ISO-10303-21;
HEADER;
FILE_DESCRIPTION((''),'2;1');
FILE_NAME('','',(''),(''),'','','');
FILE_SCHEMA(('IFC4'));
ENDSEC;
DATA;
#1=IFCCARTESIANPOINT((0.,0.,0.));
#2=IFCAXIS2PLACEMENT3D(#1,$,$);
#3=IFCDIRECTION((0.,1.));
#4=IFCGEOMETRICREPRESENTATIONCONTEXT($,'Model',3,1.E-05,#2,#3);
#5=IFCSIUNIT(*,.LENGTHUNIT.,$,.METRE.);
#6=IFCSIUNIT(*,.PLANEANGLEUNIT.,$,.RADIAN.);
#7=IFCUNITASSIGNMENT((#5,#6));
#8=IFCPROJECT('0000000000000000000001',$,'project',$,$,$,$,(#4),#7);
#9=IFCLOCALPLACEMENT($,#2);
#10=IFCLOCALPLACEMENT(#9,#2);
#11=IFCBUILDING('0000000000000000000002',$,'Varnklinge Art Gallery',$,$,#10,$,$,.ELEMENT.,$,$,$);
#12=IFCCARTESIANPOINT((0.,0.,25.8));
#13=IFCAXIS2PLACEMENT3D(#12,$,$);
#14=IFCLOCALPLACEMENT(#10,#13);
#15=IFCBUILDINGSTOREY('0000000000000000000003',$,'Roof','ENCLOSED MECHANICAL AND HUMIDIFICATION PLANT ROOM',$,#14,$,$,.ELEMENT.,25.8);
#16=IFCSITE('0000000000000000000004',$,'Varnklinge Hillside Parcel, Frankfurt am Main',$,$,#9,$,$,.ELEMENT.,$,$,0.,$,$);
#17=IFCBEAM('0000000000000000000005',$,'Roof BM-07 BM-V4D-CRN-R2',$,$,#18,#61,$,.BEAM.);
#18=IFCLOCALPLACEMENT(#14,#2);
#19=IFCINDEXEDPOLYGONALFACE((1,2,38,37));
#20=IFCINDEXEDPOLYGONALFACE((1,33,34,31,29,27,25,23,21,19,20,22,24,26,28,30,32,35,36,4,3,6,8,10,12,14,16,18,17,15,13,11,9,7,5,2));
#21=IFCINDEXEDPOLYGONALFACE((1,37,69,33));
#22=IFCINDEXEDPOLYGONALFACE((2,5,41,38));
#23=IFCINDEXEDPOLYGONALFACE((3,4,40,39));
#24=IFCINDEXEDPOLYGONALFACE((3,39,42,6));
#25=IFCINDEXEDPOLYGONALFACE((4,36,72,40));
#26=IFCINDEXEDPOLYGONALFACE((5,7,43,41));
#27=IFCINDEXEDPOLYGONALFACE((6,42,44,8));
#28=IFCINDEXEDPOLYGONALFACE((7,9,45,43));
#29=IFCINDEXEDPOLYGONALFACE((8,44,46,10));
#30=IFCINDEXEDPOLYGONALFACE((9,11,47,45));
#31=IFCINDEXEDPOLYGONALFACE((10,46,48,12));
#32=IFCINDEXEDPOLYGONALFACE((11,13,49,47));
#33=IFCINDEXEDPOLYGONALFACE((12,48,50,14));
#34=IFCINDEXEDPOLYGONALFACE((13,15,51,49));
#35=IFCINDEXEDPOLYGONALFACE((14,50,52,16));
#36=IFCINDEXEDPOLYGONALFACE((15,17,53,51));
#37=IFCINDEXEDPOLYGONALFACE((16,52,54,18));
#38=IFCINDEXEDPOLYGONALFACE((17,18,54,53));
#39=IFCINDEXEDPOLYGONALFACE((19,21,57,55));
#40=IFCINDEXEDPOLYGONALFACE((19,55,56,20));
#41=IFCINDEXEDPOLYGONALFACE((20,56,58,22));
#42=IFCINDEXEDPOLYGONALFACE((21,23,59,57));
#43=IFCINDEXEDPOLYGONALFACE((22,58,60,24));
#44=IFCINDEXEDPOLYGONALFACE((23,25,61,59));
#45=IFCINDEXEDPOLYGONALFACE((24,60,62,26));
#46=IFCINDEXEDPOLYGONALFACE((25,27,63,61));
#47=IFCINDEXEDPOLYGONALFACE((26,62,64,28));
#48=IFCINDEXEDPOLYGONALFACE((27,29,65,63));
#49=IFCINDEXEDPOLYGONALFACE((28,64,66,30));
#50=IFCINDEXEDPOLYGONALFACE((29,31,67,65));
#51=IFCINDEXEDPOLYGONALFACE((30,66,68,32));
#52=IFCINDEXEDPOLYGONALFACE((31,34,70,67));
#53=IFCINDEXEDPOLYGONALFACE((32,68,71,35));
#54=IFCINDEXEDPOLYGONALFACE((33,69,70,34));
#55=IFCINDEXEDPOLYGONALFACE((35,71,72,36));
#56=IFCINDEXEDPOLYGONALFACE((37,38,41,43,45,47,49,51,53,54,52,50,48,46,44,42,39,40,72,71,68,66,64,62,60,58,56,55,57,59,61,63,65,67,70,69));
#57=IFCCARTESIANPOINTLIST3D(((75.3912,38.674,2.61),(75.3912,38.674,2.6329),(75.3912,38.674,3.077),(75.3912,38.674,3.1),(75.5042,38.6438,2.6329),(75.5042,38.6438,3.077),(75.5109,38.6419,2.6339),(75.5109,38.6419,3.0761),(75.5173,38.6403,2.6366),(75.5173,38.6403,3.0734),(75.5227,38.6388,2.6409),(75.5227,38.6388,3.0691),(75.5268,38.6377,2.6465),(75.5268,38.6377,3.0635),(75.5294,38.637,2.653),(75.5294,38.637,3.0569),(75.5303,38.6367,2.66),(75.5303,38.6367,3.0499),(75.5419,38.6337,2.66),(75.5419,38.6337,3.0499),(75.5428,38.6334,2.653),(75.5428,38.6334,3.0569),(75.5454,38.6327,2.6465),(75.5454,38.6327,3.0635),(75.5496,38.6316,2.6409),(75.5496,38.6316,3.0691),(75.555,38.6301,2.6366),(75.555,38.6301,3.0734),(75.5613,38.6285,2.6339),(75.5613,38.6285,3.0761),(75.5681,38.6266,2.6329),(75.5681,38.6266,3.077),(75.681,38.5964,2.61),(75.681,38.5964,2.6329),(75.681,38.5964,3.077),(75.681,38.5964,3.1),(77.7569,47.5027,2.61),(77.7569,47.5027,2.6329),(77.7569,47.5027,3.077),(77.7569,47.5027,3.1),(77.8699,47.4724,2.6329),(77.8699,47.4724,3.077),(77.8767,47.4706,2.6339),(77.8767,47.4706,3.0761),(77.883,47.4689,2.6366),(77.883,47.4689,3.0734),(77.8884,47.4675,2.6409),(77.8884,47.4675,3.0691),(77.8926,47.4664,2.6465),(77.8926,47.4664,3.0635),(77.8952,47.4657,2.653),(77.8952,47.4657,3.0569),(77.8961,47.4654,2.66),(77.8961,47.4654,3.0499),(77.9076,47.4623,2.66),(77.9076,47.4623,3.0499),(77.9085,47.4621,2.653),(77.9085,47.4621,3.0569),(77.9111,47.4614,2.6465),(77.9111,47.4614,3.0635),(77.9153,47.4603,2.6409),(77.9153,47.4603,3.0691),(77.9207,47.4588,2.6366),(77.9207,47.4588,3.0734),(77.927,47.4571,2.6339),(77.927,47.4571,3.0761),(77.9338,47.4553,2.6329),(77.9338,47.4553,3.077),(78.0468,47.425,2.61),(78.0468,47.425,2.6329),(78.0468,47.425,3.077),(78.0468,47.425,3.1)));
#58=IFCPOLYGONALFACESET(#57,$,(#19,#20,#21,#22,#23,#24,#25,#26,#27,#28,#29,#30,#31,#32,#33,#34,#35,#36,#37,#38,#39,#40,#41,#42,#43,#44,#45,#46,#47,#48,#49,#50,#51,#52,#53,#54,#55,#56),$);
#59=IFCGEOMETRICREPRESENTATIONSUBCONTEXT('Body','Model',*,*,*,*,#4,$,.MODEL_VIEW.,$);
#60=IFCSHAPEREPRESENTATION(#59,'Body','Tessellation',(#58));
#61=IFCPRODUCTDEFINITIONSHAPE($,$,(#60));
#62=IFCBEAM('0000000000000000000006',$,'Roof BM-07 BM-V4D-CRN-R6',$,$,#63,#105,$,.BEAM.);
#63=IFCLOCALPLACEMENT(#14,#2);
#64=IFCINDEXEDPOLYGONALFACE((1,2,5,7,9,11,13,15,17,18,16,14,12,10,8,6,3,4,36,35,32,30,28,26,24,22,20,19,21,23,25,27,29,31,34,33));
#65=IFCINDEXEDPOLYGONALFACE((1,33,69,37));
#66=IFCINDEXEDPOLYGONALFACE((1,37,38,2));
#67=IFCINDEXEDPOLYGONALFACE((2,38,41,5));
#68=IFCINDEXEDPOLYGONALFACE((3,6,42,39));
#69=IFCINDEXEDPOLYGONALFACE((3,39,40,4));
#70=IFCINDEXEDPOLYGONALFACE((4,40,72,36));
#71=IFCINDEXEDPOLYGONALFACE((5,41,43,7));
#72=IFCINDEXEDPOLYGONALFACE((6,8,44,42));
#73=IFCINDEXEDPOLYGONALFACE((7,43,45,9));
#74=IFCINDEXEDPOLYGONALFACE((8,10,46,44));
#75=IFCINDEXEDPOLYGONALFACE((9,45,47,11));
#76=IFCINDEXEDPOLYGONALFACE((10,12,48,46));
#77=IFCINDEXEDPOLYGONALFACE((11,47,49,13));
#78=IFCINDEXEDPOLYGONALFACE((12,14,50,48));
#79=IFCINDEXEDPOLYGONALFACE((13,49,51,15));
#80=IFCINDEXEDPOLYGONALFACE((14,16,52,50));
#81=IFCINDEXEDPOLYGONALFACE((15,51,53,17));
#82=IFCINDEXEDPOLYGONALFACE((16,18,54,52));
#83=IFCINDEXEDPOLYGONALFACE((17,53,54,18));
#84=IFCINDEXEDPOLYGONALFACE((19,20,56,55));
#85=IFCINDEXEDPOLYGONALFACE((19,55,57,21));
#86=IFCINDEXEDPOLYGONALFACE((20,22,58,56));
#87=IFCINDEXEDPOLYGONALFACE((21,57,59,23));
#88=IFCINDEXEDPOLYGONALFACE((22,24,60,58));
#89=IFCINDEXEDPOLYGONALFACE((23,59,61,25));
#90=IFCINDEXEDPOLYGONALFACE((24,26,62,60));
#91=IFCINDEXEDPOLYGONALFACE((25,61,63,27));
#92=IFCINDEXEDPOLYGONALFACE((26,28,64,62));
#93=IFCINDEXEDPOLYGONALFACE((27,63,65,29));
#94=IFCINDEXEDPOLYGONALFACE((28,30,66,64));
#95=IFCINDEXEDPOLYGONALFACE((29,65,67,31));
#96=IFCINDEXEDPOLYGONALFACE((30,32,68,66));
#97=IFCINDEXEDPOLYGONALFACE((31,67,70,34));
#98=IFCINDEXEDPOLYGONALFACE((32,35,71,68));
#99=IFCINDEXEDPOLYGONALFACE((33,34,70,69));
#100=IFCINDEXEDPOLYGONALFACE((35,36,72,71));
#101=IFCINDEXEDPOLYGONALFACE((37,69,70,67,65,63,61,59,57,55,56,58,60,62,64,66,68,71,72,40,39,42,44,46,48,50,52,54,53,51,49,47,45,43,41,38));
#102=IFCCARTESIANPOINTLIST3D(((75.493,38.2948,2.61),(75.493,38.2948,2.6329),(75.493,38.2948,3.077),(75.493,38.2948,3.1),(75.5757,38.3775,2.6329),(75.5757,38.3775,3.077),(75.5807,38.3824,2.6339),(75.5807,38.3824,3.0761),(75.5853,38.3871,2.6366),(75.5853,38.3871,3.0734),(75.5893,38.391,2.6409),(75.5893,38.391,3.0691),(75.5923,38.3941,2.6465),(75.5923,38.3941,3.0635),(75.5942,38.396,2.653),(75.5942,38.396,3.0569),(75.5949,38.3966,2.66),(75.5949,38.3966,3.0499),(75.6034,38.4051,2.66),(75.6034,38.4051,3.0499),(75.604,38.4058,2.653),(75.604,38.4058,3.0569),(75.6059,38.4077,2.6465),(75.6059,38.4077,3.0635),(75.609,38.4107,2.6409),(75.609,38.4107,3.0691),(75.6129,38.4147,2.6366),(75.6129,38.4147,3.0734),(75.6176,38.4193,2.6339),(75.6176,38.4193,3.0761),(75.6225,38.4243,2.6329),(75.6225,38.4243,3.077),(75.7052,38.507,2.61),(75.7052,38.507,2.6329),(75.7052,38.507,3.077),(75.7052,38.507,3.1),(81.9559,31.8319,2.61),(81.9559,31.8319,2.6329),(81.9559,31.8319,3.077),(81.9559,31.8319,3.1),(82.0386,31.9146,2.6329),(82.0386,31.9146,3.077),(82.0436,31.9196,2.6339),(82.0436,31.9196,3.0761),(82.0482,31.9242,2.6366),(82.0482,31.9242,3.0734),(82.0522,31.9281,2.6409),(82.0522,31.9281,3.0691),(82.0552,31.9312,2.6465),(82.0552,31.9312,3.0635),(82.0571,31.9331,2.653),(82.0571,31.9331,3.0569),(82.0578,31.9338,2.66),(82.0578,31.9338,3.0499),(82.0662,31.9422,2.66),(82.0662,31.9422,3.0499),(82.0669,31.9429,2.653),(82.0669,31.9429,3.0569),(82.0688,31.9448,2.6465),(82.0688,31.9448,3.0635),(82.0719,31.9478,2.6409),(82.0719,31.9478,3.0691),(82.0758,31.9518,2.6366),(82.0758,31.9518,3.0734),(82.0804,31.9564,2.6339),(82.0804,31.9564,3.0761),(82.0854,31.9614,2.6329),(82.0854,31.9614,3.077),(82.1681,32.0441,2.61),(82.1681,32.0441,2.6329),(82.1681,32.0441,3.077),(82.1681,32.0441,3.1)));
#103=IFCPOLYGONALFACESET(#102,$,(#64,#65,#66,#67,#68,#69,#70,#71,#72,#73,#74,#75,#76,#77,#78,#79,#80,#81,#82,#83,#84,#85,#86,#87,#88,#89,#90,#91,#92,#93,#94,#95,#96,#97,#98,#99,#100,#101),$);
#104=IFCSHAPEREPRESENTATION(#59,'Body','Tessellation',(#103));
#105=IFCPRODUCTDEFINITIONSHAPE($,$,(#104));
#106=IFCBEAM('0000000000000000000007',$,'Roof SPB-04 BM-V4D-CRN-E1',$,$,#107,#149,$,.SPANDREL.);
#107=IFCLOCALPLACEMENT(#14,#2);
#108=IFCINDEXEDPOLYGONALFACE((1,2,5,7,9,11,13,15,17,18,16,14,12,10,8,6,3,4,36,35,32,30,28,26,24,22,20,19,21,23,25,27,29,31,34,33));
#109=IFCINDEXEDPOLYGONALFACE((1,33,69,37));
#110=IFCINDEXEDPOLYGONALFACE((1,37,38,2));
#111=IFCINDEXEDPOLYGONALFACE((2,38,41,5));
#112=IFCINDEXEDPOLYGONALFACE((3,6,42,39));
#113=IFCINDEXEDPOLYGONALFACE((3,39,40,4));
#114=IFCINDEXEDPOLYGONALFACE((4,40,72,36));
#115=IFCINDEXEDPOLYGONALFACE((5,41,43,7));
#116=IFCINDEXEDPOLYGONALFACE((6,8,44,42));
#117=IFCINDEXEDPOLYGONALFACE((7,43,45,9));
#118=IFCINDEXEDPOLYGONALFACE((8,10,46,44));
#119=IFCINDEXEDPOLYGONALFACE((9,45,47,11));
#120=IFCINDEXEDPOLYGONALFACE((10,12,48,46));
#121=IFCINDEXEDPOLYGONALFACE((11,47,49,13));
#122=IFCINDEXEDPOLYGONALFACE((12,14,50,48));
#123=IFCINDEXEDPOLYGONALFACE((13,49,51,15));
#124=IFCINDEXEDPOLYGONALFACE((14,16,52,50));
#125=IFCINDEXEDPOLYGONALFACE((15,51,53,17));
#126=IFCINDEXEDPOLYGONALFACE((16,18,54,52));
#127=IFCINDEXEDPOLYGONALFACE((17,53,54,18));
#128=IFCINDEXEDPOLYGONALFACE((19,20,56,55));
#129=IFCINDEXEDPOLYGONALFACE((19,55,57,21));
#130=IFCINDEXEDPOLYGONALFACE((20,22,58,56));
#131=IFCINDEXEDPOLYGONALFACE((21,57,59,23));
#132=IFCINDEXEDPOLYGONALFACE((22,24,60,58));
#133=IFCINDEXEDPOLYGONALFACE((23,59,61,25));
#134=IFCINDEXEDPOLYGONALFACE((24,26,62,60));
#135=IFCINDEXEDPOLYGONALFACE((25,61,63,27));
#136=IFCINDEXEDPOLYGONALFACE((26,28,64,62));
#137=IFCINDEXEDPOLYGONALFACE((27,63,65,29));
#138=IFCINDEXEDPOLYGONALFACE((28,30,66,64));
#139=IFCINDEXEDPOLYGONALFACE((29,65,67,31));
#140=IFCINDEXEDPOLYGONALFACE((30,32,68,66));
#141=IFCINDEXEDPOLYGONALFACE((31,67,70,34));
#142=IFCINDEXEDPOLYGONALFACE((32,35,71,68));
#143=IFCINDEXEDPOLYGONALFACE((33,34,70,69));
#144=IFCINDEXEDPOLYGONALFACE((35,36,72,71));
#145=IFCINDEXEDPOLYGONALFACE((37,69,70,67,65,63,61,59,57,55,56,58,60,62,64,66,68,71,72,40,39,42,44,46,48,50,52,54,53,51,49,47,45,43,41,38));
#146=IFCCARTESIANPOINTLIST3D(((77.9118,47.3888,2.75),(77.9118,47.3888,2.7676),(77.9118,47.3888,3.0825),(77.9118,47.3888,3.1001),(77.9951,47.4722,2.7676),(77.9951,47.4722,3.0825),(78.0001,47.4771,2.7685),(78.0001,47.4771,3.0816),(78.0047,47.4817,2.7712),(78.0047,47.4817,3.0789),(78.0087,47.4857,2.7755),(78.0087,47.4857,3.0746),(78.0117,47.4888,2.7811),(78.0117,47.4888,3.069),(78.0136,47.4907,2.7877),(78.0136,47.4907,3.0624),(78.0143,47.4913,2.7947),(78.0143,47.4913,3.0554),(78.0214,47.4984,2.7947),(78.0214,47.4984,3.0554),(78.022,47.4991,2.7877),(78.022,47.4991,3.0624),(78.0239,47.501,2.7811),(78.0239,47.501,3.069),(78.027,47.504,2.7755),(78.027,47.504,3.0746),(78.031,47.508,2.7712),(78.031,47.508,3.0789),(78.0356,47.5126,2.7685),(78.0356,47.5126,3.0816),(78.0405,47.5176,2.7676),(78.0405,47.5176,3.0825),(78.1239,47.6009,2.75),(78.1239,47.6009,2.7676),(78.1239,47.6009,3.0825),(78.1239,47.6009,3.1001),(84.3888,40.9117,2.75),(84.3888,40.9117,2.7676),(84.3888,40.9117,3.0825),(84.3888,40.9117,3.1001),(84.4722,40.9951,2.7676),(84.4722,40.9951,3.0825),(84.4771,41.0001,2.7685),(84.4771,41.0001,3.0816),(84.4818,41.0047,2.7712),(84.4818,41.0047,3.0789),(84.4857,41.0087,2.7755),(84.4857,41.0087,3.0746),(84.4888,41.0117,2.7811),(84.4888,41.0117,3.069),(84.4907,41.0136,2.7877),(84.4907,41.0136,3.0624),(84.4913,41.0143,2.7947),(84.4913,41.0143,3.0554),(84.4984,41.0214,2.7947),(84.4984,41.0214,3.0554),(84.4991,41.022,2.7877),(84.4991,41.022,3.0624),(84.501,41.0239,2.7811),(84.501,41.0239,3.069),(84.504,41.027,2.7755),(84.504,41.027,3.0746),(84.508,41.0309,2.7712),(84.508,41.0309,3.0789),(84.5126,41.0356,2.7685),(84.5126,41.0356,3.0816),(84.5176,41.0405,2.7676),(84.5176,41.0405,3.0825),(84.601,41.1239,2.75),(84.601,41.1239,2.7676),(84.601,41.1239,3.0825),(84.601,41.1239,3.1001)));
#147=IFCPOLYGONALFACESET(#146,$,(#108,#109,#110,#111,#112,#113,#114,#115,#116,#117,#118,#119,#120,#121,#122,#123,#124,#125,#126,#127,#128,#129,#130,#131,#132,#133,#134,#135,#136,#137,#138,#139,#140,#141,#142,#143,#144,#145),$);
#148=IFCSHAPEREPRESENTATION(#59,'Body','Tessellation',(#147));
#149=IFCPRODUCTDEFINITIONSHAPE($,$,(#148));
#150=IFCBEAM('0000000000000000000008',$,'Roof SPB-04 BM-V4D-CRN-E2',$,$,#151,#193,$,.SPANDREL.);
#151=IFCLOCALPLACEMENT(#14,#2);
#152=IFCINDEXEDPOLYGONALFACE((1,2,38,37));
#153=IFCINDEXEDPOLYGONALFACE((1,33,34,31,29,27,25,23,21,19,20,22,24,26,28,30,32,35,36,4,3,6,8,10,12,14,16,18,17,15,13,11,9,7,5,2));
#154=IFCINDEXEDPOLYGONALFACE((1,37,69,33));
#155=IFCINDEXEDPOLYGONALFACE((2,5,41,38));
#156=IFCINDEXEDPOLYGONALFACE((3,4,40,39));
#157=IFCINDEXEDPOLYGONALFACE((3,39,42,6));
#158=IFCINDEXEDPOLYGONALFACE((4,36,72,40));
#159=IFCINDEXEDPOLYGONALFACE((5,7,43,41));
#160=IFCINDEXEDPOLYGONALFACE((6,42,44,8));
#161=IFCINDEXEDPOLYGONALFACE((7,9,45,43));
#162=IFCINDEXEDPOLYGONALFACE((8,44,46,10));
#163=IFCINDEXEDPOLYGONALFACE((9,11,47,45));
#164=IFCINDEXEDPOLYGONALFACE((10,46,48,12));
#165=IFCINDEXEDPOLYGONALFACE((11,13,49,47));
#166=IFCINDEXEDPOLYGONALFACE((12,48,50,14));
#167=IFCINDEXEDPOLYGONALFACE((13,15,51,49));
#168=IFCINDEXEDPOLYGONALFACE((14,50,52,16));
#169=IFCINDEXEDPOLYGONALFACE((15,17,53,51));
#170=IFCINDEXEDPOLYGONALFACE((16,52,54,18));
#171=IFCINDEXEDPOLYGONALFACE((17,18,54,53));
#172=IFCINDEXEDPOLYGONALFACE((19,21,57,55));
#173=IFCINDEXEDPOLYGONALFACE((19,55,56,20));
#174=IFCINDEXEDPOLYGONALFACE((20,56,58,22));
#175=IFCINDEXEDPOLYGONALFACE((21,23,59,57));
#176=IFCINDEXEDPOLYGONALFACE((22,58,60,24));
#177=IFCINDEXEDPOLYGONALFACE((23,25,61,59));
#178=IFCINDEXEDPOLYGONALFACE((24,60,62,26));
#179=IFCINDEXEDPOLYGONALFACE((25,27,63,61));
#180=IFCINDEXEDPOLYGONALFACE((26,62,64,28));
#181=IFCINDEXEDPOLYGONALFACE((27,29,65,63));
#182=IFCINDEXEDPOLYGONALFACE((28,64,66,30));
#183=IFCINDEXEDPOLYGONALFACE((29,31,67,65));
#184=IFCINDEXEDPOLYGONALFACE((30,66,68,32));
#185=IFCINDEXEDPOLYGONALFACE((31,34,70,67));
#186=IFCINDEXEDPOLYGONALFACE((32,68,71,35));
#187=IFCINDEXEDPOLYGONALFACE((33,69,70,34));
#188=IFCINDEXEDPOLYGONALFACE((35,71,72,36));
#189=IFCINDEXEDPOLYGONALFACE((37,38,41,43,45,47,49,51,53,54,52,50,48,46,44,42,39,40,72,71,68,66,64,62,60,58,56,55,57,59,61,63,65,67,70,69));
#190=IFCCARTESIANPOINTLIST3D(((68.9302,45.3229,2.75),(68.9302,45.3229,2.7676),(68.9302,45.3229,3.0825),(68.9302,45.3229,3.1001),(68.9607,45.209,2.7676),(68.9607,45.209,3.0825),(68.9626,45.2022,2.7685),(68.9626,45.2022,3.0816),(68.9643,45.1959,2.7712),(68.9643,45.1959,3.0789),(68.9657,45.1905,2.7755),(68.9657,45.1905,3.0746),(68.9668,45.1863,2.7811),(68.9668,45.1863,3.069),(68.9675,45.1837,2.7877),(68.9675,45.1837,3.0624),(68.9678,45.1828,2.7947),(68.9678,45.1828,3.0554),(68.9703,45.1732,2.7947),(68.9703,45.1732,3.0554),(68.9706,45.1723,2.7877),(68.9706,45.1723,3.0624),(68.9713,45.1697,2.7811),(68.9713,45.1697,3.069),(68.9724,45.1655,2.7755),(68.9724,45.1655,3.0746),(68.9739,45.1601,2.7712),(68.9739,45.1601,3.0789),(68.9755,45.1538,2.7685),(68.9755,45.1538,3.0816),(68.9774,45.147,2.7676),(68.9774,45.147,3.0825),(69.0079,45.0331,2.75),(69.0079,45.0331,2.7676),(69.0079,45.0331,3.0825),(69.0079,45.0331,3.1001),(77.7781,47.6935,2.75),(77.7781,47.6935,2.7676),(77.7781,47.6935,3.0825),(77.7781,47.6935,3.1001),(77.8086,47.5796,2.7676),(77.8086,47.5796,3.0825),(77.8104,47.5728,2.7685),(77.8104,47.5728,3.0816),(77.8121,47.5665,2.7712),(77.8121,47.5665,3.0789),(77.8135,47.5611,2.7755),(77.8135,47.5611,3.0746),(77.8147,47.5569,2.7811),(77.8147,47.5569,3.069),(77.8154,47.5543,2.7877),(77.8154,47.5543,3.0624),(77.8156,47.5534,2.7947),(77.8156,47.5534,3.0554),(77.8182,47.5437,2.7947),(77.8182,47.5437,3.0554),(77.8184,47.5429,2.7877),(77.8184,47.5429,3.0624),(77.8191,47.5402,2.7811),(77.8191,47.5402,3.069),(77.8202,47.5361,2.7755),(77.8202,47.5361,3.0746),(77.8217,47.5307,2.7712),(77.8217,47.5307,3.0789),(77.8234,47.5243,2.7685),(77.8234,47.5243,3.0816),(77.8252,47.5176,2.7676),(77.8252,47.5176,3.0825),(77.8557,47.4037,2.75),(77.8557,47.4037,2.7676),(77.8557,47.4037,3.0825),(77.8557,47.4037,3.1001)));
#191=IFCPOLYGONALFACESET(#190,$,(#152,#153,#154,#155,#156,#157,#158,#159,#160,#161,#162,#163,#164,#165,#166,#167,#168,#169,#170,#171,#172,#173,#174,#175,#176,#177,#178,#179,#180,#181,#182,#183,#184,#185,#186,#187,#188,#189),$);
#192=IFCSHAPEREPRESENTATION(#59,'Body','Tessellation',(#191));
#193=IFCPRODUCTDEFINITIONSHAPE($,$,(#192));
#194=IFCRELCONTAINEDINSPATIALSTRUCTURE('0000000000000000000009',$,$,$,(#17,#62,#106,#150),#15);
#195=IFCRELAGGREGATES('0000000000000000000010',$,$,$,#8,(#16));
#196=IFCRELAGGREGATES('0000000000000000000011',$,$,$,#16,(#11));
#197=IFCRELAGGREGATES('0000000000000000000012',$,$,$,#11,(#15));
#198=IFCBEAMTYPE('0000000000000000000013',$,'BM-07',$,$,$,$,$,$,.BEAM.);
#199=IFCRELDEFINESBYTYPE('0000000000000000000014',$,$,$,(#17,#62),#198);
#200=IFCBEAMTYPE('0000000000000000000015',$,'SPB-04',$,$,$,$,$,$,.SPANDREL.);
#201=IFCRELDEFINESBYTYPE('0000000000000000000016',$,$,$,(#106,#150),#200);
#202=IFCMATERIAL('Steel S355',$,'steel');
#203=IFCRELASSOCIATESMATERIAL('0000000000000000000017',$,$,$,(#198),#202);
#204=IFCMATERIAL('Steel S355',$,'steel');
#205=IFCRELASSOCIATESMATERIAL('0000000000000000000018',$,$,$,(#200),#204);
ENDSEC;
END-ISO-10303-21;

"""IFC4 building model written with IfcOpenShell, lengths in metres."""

from ifc_helpers import new_model, si_unit, direction, frame, origin, origin_2d, place, context, subcontext, project, spatial, i_section, extrude, material, material_profile, profile_set, type_object, element, save


model = new_model("IFC4")

# Units and contexts
model_context = context("Model", 3, precision=1e-05, world=origin(), true_north=direction((0.0, 1.0)))
body_context = subcontext(model_context, "Body", "Model", "MODEL_VIEW")
ifc_project = project(units=[si_unit("LENGTHUNIT", "METRE"), si_unit("PLANEANGLEUNIT", "RADIAN")], contexts=[model_context])

# Site, building, storey
site_placement = place(None, origin())
site = spatial("IfcSite", under=ifc_project, at=site_placement, Name="Varnklinge Hillside Parcel, Frankfurt am Main", CompositionType="ELEMENT", RefElevation=0.0)
building_placement = place(site_placement, origin())
building = spatial("IfcBuilding", under=site, at=building_placement, Name="Varnklinge Art Gallery", CompositionType="ELEMENT")
storey_placement = place(building_placement, frame((0.0, 0.0, 25.8)))
storey = spatial("IfcBuildingStorey", under=building, at=storey_placement, Name="Roof", Description="ENCLOSED MECHANICAL AND HUMIDIFICATION PLANT ROOM", CompositionType="ELEMENT", Elevation=25.8)

# Beams
ifc_material_1 = material(Name="Steel S355", Category="steel")
ifc_material_profile_1 = material_profile(ifc_material_1, i_section(OverallWidth=0.3, OverallDepth=0.49, WebThickness=0.012, FlangeThickness=0.0229, FilletRadius=0.0271, at=origin_2d()), Name="HEA 500")
ifc_profile_set_1 = profile_set([ifc_material_profile_1], Name="Steel S355")
beam_type_1 = type_object("IfcBeamType", Name="BM-07", PredefinedType="BEAM", material=ifc_profile_set_1)
beam_1_placement = place(storey_placement, frame((77.9019, 47.4639, 2.855), z_axis=(-0.25883, -0.965923, 0.0), x_axis=(0.965923, -0.25883, 0.0)))
element("IfcBeam", 1, at=beam_1_placement, inside=storey, type_object=beam_type_1, Name="Roof BM-07 BM-V4D-CRN-R2", PredefinedType="BEAM", context=body_context, shape_type="SweptSolid", body=[
    extrude(i_section(OverallWidth=0.3, OverallDepth=0.49, WebThickness=0.012, FlangeThickness=0.0229, FilletRadius=0.0271, at=origin_2d()), origin(), (0.0, 0.0, 1.0), 9.1401),
])
beam_2_placement = place(storey_placement, frame((82.062, 31.938, 2.855), z_axis=(-0.707107, 0.707107, 0.0), x_axis=(-0.707107, -0.707107, 0.0)))
element("IfcBeam", 2, at=beam_2_placement, inside=storey, type_object=beam_type_1, Name="Roof BM-07 BM-V4D-CRN-R6", PredefinedType="BEAM", context=body_context, shape_type="SweptSolid", body=[
    extrude(i_section(OverallWidth=0.3, OverallDepth=0.49, WebThickness=0.012, FlangeThickness=0.0229, FilletRadius=0.0271, at=origin_2d()), origin(), (0.0, 0.0, 1.0), 9.1399),
])
ifc_material_2 = material(Name="Steel S355", Category="steel")
ifc_material_profile_2 = material_profile(ifc_material_2, i_section(OverallWidth=0.3, OverallDepth=0.3501, WebThickness=0.01, FlangeThickness=0.0176, FilletRadius=0.0271, at=origin_2d()), Name="HEA 360")
ifc_profile_set_2 = profile_set([ifc_material_profile_2], Name="Steel S355")
beam_type_2 = type_object("IfcBeamType", Name="SPB-04", PredefinedType="SPANDREL", material=ifc_profile_set_2)
for number, where, z_axis, x_axis, name in (
    (3, (84.4949, 41.0178, 2.925), (-0.707107, 0.707107, 0.0), (-0.707107, -0.707107, 0.0), "Roof SPB-04 BM-V4D-CRN-E1"),
    (4, (77.8169, 47.5486, 2.925), (-0.965931, -0.2588, 0.0), (0.2588, -0.965931, 0.0), "Roof SPB-04 BM-V4D-CRN-E2"),
):
    element("IfcBeam", number, at=place(storey_placement, frame(where, z_axis=z_axis, x_axis=x_axis)), inside=storey, type_object=beam_type_2, Name=name, PredefinedType="SPANDREL", context=body_context, shape_type="SweptSolid", body=[
        extrude(i_section(OverallWidth=0.3, OverallDepth=0.3501, WebThickness=0.01, FlangeThickness=0.0176, FilletRadius=0.0271, at=origin_2d()), origin(), (0.0, 0.0, 1.0), 9.1599),
    ])

save(model, "model.ifc")
